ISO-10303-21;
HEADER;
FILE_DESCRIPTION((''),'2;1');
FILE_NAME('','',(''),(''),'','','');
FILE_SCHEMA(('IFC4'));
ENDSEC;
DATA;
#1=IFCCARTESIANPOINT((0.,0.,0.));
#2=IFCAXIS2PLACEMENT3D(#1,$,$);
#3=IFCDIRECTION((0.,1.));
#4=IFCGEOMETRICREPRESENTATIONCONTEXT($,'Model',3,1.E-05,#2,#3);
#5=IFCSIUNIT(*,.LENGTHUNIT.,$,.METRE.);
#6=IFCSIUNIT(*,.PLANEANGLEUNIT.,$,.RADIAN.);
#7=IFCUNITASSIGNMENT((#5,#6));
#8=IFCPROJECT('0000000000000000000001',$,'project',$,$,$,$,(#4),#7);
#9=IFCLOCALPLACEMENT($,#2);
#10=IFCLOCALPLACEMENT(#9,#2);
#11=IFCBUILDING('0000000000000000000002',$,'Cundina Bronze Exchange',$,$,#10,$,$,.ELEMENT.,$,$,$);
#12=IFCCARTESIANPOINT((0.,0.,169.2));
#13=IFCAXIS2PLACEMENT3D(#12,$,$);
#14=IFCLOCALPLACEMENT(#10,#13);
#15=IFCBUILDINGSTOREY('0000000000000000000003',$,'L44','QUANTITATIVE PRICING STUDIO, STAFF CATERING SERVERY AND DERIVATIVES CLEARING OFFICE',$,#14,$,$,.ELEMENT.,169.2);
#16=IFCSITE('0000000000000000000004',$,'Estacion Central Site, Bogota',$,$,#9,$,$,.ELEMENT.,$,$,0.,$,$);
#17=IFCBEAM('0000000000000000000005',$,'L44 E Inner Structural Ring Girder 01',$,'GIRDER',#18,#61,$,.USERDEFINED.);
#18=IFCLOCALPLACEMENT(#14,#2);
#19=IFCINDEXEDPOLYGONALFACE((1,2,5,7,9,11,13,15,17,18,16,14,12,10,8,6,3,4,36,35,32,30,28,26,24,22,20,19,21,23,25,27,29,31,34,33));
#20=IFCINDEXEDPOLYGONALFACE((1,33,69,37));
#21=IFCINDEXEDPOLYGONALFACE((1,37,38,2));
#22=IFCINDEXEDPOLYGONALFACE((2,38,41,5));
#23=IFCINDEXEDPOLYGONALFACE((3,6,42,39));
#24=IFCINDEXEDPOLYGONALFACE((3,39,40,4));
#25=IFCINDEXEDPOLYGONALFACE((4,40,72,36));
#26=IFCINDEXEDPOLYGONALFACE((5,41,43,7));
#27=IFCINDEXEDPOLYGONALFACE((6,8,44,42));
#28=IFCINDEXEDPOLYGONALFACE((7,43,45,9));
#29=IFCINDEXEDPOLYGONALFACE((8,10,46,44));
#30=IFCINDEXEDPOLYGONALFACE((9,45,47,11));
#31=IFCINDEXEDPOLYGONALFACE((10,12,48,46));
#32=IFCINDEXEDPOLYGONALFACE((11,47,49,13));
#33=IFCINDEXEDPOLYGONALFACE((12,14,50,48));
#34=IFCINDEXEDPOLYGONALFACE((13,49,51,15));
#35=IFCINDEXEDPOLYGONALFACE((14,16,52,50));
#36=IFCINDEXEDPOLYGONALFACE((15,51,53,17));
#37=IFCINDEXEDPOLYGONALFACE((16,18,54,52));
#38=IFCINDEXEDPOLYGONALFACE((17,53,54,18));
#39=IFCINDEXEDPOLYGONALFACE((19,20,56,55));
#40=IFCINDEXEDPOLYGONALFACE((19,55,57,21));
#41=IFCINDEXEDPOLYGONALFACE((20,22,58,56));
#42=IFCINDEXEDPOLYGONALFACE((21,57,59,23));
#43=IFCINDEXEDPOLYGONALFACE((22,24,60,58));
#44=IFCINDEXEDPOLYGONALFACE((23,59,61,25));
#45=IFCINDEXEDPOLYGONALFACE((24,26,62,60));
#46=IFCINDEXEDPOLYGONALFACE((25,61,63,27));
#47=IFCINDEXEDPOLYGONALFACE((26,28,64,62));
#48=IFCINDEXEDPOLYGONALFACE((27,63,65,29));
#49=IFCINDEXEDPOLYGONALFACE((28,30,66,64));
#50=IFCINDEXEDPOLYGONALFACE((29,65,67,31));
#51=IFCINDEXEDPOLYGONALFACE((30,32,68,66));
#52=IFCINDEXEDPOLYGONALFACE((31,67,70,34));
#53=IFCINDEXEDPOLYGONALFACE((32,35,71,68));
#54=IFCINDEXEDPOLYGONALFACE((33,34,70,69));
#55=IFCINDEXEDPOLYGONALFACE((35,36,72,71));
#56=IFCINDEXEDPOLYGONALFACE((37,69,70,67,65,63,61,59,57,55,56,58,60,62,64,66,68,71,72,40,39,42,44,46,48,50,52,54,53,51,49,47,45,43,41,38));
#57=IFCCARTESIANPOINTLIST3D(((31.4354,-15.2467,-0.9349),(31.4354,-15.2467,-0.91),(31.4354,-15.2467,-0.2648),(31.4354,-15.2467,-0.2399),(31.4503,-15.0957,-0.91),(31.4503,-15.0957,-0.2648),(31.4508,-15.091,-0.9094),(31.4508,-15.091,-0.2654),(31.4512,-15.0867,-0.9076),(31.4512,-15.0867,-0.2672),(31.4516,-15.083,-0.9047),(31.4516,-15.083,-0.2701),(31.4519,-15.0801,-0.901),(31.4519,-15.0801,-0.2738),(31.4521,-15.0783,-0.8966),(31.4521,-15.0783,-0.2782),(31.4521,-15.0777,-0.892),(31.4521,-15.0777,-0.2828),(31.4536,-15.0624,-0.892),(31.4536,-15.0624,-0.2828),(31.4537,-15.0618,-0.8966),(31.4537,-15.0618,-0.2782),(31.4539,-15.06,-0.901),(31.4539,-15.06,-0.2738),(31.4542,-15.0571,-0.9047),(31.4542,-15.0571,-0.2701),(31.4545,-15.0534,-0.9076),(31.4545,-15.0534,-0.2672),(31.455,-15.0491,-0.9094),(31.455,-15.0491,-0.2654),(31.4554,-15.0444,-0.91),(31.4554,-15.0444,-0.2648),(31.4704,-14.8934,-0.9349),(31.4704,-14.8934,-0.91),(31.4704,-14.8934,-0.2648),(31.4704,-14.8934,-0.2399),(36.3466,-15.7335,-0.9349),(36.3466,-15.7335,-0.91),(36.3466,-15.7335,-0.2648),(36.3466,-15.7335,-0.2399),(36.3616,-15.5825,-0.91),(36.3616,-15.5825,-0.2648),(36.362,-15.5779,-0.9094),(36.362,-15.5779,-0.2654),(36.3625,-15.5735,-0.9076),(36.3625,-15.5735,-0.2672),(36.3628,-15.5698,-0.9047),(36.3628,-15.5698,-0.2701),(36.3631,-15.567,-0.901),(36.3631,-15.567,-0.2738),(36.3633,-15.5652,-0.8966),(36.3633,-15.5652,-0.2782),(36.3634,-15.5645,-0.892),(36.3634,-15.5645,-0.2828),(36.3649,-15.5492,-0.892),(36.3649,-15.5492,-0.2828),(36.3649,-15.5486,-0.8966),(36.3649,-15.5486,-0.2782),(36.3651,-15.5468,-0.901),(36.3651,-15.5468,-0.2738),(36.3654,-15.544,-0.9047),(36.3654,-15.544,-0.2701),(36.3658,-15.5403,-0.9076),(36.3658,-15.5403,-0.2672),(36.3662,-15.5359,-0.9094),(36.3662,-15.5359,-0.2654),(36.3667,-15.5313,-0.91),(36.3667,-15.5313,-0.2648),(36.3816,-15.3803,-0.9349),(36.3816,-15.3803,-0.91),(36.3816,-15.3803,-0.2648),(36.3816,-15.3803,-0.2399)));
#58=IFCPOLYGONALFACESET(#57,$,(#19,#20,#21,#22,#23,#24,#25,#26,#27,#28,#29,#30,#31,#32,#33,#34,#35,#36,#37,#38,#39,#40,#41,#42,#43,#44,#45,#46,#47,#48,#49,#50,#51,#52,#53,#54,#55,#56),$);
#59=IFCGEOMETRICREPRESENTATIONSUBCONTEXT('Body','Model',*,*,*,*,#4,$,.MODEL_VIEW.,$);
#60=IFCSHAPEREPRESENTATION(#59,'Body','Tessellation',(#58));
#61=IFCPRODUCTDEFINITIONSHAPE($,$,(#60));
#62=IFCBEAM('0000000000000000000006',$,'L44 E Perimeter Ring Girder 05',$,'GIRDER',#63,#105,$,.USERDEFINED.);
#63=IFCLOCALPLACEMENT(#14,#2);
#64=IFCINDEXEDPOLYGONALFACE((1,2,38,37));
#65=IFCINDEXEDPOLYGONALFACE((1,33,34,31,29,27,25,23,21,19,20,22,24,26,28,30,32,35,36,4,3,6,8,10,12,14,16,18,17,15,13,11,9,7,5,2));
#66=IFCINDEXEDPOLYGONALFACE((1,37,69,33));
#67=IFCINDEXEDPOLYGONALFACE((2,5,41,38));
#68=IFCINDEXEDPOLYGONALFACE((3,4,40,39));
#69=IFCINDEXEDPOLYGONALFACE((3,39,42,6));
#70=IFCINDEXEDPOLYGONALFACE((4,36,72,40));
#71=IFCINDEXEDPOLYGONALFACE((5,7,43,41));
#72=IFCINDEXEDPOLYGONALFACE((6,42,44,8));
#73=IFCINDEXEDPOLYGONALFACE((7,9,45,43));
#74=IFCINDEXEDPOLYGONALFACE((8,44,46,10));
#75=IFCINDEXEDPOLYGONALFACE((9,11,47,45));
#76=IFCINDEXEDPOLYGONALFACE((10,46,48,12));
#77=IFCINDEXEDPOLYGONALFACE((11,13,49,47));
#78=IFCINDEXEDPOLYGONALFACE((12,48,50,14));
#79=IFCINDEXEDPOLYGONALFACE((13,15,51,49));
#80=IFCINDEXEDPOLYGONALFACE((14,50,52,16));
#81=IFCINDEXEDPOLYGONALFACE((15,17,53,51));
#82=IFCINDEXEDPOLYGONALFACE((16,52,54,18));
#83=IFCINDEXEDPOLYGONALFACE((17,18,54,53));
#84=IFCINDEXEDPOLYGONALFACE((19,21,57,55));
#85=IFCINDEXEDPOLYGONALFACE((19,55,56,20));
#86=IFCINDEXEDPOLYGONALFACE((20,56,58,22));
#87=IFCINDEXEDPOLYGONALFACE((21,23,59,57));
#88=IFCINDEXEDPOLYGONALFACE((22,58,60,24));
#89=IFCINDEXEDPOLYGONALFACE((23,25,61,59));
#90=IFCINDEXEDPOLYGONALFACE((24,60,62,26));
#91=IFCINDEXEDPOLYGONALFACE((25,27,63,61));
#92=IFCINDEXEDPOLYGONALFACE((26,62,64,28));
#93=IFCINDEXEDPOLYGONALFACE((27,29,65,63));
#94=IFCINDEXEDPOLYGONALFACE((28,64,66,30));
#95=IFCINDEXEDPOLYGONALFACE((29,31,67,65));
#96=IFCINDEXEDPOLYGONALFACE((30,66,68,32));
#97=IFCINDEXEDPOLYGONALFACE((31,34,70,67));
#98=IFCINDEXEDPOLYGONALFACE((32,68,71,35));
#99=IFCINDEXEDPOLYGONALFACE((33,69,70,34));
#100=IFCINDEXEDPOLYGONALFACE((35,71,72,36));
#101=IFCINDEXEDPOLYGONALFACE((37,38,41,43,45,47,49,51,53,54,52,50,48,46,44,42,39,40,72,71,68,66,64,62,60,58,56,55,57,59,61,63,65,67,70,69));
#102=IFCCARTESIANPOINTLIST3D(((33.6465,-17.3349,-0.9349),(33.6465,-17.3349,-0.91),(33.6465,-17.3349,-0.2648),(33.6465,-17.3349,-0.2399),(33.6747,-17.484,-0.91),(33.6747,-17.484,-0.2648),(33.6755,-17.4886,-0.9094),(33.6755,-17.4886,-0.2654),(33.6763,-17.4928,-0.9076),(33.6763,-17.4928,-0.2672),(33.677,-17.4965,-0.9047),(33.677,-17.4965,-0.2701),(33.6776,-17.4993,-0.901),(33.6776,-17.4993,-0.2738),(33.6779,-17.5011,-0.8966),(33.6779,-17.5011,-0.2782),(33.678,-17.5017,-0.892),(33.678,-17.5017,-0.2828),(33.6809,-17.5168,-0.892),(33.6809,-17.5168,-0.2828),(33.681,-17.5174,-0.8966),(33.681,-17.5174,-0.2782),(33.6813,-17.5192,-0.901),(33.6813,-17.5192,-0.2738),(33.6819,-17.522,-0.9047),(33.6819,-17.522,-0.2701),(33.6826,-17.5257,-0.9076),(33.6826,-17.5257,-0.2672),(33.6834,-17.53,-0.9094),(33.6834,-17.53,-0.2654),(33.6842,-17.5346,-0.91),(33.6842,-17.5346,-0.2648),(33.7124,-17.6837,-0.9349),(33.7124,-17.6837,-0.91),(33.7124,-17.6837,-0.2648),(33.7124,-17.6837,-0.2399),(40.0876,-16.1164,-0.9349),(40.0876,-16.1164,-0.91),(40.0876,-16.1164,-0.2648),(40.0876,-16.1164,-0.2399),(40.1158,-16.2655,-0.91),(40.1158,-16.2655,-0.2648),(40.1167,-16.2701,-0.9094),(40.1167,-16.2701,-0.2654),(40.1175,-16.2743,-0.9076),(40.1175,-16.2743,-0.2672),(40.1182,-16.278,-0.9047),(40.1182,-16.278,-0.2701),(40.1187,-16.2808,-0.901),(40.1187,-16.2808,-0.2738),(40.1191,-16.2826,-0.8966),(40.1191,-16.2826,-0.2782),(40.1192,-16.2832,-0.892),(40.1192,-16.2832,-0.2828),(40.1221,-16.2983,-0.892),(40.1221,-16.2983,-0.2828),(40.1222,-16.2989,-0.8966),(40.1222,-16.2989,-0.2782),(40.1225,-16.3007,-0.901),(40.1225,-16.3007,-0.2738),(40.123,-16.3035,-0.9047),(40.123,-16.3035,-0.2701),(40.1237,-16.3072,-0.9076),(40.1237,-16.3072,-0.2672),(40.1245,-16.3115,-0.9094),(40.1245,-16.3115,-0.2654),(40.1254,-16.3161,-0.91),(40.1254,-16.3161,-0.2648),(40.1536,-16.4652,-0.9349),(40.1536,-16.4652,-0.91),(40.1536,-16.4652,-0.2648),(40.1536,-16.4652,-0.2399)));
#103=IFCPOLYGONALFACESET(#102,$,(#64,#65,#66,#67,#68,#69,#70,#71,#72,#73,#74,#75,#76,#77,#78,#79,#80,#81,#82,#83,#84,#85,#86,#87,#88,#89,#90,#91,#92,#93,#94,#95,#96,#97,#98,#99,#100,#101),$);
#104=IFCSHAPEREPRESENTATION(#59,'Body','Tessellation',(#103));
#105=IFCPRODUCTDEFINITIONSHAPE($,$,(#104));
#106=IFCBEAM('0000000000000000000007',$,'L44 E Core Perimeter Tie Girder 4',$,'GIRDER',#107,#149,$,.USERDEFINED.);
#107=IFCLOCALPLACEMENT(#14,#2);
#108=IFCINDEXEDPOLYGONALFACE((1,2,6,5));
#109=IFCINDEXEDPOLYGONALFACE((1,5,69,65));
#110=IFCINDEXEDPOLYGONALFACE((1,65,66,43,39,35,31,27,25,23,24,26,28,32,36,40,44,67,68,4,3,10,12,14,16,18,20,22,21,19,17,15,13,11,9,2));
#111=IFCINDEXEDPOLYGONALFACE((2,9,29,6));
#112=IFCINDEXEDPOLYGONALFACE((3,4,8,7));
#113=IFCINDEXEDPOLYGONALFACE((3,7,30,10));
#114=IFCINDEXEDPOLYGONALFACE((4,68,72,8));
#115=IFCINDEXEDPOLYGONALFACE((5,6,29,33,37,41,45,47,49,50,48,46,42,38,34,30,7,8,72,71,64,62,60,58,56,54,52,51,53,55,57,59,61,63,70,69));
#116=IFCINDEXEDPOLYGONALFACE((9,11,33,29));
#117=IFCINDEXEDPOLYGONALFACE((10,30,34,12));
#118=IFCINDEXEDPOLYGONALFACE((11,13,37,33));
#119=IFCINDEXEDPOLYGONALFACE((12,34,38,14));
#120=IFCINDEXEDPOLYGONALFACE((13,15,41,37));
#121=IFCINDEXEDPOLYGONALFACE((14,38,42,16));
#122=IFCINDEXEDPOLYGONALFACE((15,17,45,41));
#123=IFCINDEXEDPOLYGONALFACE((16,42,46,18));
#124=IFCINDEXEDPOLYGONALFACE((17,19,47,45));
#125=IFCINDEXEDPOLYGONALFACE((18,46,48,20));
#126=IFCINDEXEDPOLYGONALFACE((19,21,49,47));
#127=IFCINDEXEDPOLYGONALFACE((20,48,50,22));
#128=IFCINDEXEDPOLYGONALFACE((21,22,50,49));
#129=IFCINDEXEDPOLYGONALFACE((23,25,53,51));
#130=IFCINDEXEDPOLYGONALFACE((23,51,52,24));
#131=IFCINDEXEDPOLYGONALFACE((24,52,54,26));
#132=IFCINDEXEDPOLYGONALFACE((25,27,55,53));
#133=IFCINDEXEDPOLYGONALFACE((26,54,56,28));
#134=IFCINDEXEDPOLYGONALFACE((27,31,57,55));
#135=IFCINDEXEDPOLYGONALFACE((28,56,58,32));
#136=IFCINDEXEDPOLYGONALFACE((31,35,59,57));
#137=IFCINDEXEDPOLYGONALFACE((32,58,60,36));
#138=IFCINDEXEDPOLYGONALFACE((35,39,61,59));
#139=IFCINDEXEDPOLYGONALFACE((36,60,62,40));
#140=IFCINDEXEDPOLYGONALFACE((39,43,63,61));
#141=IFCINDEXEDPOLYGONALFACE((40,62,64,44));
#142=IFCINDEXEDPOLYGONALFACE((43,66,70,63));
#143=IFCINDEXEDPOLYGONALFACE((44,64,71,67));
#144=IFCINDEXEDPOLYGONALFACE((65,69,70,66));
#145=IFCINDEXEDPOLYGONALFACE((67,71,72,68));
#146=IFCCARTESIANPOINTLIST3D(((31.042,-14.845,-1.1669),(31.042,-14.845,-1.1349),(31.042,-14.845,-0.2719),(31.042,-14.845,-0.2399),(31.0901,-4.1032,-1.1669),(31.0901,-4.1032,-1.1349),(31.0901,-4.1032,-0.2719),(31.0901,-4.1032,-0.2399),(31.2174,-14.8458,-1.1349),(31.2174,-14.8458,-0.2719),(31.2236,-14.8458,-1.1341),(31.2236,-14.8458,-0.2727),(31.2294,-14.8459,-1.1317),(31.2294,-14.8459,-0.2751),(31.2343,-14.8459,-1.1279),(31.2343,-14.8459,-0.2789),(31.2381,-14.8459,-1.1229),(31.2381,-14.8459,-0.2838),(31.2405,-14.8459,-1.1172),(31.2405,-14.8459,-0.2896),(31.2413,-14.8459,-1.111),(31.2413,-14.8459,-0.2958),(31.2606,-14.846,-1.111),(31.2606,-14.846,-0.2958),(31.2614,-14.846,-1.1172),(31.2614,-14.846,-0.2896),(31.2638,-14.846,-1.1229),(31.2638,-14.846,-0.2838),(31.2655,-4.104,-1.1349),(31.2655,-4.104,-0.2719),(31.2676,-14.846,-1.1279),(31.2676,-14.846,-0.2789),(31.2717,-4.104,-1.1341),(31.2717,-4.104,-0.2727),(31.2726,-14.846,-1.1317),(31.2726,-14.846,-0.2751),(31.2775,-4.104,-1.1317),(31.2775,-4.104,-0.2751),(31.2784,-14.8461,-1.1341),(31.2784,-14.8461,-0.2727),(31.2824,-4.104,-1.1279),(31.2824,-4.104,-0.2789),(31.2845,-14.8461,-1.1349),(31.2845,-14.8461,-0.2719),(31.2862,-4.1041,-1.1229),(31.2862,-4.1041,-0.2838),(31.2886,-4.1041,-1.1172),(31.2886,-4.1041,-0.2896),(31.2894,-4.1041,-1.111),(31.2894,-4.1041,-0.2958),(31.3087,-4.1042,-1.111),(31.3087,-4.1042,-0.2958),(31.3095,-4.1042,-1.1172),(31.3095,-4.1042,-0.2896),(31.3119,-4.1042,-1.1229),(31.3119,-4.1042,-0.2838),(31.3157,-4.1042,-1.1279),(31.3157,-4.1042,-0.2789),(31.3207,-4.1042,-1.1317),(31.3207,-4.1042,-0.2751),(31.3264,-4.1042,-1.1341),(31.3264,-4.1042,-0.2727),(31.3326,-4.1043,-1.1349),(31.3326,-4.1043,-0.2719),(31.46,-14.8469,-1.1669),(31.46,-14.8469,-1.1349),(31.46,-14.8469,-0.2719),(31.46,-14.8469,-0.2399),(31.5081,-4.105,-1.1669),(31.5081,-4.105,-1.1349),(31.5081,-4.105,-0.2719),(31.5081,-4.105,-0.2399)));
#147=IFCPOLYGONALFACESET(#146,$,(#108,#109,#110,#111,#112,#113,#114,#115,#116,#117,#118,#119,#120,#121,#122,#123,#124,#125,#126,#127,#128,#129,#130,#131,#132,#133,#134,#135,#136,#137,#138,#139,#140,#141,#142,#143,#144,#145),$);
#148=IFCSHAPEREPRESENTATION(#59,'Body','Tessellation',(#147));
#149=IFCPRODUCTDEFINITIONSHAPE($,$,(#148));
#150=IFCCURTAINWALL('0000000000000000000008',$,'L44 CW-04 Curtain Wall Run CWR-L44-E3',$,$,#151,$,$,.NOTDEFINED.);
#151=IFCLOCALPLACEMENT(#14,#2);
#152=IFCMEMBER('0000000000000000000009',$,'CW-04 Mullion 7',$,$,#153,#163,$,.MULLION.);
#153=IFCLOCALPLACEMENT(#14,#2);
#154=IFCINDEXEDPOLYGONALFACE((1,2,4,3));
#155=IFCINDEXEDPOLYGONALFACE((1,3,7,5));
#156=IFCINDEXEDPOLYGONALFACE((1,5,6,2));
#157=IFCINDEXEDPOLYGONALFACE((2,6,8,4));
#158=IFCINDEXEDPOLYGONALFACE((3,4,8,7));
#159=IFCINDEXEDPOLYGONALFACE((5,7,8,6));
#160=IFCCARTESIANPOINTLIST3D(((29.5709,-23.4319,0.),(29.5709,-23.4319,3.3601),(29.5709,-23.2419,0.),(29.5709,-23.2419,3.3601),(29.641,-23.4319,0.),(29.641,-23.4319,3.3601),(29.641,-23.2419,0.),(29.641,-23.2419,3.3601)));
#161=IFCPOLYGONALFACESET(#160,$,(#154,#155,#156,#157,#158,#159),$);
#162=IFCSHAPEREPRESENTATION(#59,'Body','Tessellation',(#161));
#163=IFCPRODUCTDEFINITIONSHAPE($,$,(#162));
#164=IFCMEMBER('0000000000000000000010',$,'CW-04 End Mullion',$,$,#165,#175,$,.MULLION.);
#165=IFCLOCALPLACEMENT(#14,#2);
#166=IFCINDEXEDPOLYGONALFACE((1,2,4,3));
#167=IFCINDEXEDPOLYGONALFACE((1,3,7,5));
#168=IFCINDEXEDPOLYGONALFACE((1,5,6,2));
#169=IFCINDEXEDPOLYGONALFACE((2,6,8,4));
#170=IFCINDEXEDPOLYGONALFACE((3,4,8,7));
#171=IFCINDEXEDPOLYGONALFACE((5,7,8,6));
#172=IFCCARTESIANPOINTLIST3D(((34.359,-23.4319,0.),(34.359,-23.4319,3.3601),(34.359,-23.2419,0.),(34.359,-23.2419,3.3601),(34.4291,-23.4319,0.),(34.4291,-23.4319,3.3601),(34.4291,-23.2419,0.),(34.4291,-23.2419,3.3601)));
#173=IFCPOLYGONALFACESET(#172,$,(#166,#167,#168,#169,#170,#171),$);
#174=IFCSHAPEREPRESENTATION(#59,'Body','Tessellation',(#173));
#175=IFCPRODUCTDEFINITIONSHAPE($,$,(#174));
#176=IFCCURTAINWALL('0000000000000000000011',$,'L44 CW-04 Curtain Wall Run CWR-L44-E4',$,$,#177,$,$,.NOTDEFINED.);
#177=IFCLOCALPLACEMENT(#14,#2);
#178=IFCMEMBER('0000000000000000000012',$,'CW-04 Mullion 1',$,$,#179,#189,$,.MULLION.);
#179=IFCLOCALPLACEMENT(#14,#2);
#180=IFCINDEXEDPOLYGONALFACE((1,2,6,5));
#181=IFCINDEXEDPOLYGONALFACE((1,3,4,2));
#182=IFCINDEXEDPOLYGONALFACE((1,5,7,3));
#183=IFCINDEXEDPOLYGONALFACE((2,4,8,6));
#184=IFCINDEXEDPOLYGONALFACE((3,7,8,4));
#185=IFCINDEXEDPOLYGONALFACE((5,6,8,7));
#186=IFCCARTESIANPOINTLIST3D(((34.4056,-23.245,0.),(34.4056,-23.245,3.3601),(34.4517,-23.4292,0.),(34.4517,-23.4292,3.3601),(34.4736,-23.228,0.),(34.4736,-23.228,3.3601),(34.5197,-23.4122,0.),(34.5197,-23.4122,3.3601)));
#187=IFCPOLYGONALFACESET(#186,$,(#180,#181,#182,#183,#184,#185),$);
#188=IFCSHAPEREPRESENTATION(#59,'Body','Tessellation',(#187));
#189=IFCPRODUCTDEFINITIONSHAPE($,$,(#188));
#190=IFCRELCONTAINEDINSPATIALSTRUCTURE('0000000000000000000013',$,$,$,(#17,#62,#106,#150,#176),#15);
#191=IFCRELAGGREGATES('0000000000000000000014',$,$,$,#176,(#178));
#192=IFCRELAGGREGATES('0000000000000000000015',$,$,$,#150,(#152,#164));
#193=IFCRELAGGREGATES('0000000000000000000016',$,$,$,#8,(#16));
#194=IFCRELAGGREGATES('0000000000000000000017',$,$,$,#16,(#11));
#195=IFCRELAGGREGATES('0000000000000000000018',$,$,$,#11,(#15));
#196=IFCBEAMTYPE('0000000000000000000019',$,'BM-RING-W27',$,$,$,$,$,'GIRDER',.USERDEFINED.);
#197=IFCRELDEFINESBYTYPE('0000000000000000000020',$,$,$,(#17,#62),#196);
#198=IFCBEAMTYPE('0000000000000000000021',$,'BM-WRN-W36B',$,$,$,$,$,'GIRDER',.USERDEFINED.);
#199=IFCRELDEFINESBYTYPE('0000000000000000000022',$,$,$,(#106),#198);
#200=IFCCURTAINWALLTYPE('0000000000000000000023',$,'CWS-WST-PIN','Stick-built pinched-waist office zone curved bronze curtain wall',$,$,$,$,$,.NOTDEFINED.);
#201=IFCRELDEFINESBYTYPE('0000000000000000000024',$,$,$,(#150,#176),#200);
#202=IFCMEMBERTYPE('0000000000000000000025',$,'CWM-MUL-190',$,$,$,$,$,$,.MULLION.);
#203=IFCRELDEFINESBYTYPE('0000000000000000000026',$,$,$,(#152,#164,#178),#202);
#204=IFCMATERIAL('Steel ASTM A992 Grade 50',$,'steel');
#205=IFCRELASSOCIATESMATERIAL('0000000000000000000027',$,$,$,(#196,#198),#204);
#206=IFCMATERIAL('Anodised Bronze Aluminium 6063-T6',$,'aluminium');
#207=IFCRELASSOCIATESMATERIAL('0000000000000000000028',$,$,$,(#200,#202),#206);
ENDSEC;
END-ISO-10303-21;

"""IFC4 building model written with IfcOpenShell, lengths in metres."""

from ifc_helpers import new_model, si_unit, direction, frame, origin, origin_2d, place, context, subcontext, project, spatial, rectangle, i_section, extrude, material, material_profile, profile_set, type_object, element, aggregate, save


model = new_model("IFC4")

# Units and contexts
model_context = context("Model", 3, precision=1e-05, world=origin(), true_north=direction((0.0, 1.0)))
body_context = subcontext(model_context, "Body", "Model", "MODEL_VIEW")
ifc_project = project(units=[si_unit("LENGTHUNIT", "METRE"), si_unit("PLANEANGLEUNIT", "RADIAN")], contexts=[model_context])

# Site, building, storey
site_placement = place(None, origin())
site = spatial("IfcSite", under=ifc_project, at=site_placement, Name="Estacion Central Site, Bogota", CompositionType="ELEMENT", RefElevation=0.0)
building_placement = place(site_placement, origin())
building = spatial("IfcBuilding", under=site, at=building_placement, Name="Cundina Bronze Exchange", CompositionType="ELEMENT")
storey_placement = place(building_placement, frame((0.0, 0.0, 169.2)))
storey = spatial("IfcBuildingStorey", under=building, at=storey_placement, Name="L44", Description="QUANTITATIVE PRICING STUDIO, STAFF CATERING SERVERY AND DERIVATIVES CLEARING OFFICE", CompositionType="ELEMENT", Elevation=169.2)

# Shared definitions
ifc_material_1 = material(Name="Steel ASTM A992 Grade 50", Category="steel")

# Beams
ifc_material_profile_1 = material_profile(ifc_material_1, i_section(OverallWidth=0.355, OverallDepth=0.6951, WebThickness=0.0154, FlangeThickness=0.0249, FilletRadius=0.0181, at=origin_2d()), Name="W27X146", Category="steel")
ifc_profile_set_1 = profile_set([ifc_material_profile_1], Name="Steel ASTM A992 Grade 50")
beam_type_1 = type_object("IfcBeamType", Name="BM-RING-W27", ElementType="GIRDER", PredefinedType="USERDEFINED", material=ifc_profile_set_1)
beam_1_placement = place(storey_placement, frame((31.4529, -15.0701, -0.5874), z_axis=(0.995123, -0.098642, 0.0), x_axis=(0.098642, 0.995123, 0.0)))
element("IfcBeam", 1, at=beam_1_placement, inside=storey, type_object=beam_type_1, Name="L44 E Inner Structural Ring Girder 01", ObjectType="GIRDER", PredefinedType="USERDEFINED", context=body_context, shape_type="SweptSolid", body=[
    extrude(i_section(OverallWidth=0.355, OverallDepth=0.6951, WebThickness=0.0154, FlangeThickness=0.0249, FilletRadius=0.0181, at=origin_2d()), origin(), (0.0, 0.0, 1.0), 4.9353),
])
beam_2_placement = place(storey_placement, frame((33.6794, -17.5093, -0.5874), z_axis=(0.982573, 0.185878, 0.0), x_axis=(-0.185878, 0.982573, 0.0)))
element("IfcBeam", 2, at=beam_2_placement, inside=storey, type_object=beam_type_1, Name="L44 E Perimeter Ring Girder 05", ObjectType="GIRDER", PredefinedType="USERDEFINED", context=body_context, shape_type="SweptSolid", body=[
    extrude(i_section(OverallWidth=0.355, OverallDepth=0.6951, WebThickness=0.0154, FlangeThickness=0.0249, FilletRadius=0.0181, at=origin_2d()), origin(), (0.0, 0.0, 1.0), 6.5554),
])
ifc_material_profile_2 = material_profile(ifc_material_1, i_section(OverallWidth=0.418, OverallDepth=0.927, WebThickness=0.0193, FlangeThickness=0.032, FilletRadius=0.0239, at=origin_2d()), Name="W36X231", Category="steel")
ifc_profile_set_2 = profile_set([ifc_material_profile_2], Name="Steel ASTM A992 Grade 50")
beam_type_2 = type_object("IfcBeamType", Name="BM-WRN-W36B", ElementType="GIRDER", PredefinedType="USERDEFINED", material=ifc_profile_set_2)
beam_3_placement = place(storey_placement, frame((31.251, -14.8459, -0.7034), z_axis=(0.004477, 0.99999, 0.0), x_axis=(-0.99999, 0.004477, 0.0)))
element("IfcBeam", 3, at=beam_3_placement, inside=storey, type_object=beam_type_2, Name="L44 E Core Perimeter Tie Girder 4", ObjectType="GIRDER", PredefinedType="USERDEFINED", context=body_context, shape_type="SweptSolid", body=[
    extrude(i_section(OverallWidth=0.418, OverallDepth=0.927, WebThickness=0.0193, FlangeThickness=0.032, FilletRadius=0.0239, at=origin_2d()), origin(), (0.0, 0.0, 1.0), 10.7419),
])

# Curtain wall, members
ifc_material_2 = material(Name="Anodised Bronze Aluminium 6063-T6", Category="aluminium")
curtain_wall_type = type_object("IfcCurtainWallType", Name="CWS-WST-PIN", Description="Stick-built pinched-waist office zone curved bronze curtain wall", PredefinedType="NOTDEFINED", material=ifc_material_2)
curtain_wall_1_placement = place(storey_placement, origin())
curtain_wall_1 = element("IfcCurtainWall", 4, at=curtain_wall_1_placement, inside=storey, type_object=curtain_wall_type, Name="L44 CW-04 Curtain Wall Run CWR-L44-E3", PredefinedType="NOTDEFINED")
ifc_material_profile_3 = material_profile(ifc_material_2, rectangle(XDim=0.0701, YDim=0.1899, at=origin_2d()), Name="AL70X190", Category="aluminium")
ifc_profile_set_3 = profile_set([ifc_material_profile_3], Name="Anodised Bronze Aluminium 6063-T6")
member_type_1 = type_object("IfcMemberType", Name="CWM-MUL-190", PredefinedType="MULLION", material=ifc_profile_set_3)
member_1_placement = place(storey_placement, frame((29.606, -23.3369, 0.0), z_axis=(0.0, 0.0, 1.0), x_axis=(1.0, 0.0, 0.0)))
member_1 = element("IfcMember", 5, at=member_1_placement, type_object=member_type_1, Name="CW-04 Mullion 7", PredefinedType="MULLION", context=body_context, shape_type="SweptSolid", body=[
    extrude(rectangle(XDim=0.0701, YDim=0.1899, at=origin_2d()), origin(), (0.0, 0.0, 1.0), 3.3601),
])
member_2_placement = place(storey_placement, frame((34.394, -23.3369, 0.0), z_axis=(0.0, 0.0, 1.0), x_axis=(1.0, 0.0, 0.0)))
member_2 = element("IfcMember", 6, at=member_2_placement, type_object=member_type_1, Name="CW-04 End Mullion", PredefinedType="MULLION", context=body_context, shape_type="SweptSolid", body=[
    extrude(rectangle(XDim=0.0701, YDim=0.1899, at=origin_2d()), origin(), (0.0, 0.0, 1.0), 3.3601),
])

# Curtain wall, member
curtain_wall_2_placement = place(storey_placement, origin())
curtain_wall_2 = element("IfcCurtainWall", 7, at=curtain_wall_2_placement, inside=storey, type_object=curtain_wall_type, Name="L44 CW-04 Curtain Wall Run CWR-L44-E4", PredefinedType="NOTDEFINED")
member_3_placement = place(storey_placement, frame((34.4626, -23.3286, 0.0), z_axis=(0.0, 0.0, 1.0), x_axis=(0.970084, 0.242769, 0.0)))
member_3 = element("IfcMember", 8, at=member_3_placement, type_object=member_type_1, Name="CW-04 Mullion 1", PredefinedType="MULLION", context=body_context, shape_type="SweptSolid", body=[
    extrude(rectangle(XDim=0.0701, YDim=0.1899, at=origin_2d()), origin(), (0.0, 0.0, 1.0), 3.3601),
])

aggregate(curtain_wall_2, [member_3])

aggregate(curtain_wall_1, [member_1, member_2])

save(model, "model.ifc")
